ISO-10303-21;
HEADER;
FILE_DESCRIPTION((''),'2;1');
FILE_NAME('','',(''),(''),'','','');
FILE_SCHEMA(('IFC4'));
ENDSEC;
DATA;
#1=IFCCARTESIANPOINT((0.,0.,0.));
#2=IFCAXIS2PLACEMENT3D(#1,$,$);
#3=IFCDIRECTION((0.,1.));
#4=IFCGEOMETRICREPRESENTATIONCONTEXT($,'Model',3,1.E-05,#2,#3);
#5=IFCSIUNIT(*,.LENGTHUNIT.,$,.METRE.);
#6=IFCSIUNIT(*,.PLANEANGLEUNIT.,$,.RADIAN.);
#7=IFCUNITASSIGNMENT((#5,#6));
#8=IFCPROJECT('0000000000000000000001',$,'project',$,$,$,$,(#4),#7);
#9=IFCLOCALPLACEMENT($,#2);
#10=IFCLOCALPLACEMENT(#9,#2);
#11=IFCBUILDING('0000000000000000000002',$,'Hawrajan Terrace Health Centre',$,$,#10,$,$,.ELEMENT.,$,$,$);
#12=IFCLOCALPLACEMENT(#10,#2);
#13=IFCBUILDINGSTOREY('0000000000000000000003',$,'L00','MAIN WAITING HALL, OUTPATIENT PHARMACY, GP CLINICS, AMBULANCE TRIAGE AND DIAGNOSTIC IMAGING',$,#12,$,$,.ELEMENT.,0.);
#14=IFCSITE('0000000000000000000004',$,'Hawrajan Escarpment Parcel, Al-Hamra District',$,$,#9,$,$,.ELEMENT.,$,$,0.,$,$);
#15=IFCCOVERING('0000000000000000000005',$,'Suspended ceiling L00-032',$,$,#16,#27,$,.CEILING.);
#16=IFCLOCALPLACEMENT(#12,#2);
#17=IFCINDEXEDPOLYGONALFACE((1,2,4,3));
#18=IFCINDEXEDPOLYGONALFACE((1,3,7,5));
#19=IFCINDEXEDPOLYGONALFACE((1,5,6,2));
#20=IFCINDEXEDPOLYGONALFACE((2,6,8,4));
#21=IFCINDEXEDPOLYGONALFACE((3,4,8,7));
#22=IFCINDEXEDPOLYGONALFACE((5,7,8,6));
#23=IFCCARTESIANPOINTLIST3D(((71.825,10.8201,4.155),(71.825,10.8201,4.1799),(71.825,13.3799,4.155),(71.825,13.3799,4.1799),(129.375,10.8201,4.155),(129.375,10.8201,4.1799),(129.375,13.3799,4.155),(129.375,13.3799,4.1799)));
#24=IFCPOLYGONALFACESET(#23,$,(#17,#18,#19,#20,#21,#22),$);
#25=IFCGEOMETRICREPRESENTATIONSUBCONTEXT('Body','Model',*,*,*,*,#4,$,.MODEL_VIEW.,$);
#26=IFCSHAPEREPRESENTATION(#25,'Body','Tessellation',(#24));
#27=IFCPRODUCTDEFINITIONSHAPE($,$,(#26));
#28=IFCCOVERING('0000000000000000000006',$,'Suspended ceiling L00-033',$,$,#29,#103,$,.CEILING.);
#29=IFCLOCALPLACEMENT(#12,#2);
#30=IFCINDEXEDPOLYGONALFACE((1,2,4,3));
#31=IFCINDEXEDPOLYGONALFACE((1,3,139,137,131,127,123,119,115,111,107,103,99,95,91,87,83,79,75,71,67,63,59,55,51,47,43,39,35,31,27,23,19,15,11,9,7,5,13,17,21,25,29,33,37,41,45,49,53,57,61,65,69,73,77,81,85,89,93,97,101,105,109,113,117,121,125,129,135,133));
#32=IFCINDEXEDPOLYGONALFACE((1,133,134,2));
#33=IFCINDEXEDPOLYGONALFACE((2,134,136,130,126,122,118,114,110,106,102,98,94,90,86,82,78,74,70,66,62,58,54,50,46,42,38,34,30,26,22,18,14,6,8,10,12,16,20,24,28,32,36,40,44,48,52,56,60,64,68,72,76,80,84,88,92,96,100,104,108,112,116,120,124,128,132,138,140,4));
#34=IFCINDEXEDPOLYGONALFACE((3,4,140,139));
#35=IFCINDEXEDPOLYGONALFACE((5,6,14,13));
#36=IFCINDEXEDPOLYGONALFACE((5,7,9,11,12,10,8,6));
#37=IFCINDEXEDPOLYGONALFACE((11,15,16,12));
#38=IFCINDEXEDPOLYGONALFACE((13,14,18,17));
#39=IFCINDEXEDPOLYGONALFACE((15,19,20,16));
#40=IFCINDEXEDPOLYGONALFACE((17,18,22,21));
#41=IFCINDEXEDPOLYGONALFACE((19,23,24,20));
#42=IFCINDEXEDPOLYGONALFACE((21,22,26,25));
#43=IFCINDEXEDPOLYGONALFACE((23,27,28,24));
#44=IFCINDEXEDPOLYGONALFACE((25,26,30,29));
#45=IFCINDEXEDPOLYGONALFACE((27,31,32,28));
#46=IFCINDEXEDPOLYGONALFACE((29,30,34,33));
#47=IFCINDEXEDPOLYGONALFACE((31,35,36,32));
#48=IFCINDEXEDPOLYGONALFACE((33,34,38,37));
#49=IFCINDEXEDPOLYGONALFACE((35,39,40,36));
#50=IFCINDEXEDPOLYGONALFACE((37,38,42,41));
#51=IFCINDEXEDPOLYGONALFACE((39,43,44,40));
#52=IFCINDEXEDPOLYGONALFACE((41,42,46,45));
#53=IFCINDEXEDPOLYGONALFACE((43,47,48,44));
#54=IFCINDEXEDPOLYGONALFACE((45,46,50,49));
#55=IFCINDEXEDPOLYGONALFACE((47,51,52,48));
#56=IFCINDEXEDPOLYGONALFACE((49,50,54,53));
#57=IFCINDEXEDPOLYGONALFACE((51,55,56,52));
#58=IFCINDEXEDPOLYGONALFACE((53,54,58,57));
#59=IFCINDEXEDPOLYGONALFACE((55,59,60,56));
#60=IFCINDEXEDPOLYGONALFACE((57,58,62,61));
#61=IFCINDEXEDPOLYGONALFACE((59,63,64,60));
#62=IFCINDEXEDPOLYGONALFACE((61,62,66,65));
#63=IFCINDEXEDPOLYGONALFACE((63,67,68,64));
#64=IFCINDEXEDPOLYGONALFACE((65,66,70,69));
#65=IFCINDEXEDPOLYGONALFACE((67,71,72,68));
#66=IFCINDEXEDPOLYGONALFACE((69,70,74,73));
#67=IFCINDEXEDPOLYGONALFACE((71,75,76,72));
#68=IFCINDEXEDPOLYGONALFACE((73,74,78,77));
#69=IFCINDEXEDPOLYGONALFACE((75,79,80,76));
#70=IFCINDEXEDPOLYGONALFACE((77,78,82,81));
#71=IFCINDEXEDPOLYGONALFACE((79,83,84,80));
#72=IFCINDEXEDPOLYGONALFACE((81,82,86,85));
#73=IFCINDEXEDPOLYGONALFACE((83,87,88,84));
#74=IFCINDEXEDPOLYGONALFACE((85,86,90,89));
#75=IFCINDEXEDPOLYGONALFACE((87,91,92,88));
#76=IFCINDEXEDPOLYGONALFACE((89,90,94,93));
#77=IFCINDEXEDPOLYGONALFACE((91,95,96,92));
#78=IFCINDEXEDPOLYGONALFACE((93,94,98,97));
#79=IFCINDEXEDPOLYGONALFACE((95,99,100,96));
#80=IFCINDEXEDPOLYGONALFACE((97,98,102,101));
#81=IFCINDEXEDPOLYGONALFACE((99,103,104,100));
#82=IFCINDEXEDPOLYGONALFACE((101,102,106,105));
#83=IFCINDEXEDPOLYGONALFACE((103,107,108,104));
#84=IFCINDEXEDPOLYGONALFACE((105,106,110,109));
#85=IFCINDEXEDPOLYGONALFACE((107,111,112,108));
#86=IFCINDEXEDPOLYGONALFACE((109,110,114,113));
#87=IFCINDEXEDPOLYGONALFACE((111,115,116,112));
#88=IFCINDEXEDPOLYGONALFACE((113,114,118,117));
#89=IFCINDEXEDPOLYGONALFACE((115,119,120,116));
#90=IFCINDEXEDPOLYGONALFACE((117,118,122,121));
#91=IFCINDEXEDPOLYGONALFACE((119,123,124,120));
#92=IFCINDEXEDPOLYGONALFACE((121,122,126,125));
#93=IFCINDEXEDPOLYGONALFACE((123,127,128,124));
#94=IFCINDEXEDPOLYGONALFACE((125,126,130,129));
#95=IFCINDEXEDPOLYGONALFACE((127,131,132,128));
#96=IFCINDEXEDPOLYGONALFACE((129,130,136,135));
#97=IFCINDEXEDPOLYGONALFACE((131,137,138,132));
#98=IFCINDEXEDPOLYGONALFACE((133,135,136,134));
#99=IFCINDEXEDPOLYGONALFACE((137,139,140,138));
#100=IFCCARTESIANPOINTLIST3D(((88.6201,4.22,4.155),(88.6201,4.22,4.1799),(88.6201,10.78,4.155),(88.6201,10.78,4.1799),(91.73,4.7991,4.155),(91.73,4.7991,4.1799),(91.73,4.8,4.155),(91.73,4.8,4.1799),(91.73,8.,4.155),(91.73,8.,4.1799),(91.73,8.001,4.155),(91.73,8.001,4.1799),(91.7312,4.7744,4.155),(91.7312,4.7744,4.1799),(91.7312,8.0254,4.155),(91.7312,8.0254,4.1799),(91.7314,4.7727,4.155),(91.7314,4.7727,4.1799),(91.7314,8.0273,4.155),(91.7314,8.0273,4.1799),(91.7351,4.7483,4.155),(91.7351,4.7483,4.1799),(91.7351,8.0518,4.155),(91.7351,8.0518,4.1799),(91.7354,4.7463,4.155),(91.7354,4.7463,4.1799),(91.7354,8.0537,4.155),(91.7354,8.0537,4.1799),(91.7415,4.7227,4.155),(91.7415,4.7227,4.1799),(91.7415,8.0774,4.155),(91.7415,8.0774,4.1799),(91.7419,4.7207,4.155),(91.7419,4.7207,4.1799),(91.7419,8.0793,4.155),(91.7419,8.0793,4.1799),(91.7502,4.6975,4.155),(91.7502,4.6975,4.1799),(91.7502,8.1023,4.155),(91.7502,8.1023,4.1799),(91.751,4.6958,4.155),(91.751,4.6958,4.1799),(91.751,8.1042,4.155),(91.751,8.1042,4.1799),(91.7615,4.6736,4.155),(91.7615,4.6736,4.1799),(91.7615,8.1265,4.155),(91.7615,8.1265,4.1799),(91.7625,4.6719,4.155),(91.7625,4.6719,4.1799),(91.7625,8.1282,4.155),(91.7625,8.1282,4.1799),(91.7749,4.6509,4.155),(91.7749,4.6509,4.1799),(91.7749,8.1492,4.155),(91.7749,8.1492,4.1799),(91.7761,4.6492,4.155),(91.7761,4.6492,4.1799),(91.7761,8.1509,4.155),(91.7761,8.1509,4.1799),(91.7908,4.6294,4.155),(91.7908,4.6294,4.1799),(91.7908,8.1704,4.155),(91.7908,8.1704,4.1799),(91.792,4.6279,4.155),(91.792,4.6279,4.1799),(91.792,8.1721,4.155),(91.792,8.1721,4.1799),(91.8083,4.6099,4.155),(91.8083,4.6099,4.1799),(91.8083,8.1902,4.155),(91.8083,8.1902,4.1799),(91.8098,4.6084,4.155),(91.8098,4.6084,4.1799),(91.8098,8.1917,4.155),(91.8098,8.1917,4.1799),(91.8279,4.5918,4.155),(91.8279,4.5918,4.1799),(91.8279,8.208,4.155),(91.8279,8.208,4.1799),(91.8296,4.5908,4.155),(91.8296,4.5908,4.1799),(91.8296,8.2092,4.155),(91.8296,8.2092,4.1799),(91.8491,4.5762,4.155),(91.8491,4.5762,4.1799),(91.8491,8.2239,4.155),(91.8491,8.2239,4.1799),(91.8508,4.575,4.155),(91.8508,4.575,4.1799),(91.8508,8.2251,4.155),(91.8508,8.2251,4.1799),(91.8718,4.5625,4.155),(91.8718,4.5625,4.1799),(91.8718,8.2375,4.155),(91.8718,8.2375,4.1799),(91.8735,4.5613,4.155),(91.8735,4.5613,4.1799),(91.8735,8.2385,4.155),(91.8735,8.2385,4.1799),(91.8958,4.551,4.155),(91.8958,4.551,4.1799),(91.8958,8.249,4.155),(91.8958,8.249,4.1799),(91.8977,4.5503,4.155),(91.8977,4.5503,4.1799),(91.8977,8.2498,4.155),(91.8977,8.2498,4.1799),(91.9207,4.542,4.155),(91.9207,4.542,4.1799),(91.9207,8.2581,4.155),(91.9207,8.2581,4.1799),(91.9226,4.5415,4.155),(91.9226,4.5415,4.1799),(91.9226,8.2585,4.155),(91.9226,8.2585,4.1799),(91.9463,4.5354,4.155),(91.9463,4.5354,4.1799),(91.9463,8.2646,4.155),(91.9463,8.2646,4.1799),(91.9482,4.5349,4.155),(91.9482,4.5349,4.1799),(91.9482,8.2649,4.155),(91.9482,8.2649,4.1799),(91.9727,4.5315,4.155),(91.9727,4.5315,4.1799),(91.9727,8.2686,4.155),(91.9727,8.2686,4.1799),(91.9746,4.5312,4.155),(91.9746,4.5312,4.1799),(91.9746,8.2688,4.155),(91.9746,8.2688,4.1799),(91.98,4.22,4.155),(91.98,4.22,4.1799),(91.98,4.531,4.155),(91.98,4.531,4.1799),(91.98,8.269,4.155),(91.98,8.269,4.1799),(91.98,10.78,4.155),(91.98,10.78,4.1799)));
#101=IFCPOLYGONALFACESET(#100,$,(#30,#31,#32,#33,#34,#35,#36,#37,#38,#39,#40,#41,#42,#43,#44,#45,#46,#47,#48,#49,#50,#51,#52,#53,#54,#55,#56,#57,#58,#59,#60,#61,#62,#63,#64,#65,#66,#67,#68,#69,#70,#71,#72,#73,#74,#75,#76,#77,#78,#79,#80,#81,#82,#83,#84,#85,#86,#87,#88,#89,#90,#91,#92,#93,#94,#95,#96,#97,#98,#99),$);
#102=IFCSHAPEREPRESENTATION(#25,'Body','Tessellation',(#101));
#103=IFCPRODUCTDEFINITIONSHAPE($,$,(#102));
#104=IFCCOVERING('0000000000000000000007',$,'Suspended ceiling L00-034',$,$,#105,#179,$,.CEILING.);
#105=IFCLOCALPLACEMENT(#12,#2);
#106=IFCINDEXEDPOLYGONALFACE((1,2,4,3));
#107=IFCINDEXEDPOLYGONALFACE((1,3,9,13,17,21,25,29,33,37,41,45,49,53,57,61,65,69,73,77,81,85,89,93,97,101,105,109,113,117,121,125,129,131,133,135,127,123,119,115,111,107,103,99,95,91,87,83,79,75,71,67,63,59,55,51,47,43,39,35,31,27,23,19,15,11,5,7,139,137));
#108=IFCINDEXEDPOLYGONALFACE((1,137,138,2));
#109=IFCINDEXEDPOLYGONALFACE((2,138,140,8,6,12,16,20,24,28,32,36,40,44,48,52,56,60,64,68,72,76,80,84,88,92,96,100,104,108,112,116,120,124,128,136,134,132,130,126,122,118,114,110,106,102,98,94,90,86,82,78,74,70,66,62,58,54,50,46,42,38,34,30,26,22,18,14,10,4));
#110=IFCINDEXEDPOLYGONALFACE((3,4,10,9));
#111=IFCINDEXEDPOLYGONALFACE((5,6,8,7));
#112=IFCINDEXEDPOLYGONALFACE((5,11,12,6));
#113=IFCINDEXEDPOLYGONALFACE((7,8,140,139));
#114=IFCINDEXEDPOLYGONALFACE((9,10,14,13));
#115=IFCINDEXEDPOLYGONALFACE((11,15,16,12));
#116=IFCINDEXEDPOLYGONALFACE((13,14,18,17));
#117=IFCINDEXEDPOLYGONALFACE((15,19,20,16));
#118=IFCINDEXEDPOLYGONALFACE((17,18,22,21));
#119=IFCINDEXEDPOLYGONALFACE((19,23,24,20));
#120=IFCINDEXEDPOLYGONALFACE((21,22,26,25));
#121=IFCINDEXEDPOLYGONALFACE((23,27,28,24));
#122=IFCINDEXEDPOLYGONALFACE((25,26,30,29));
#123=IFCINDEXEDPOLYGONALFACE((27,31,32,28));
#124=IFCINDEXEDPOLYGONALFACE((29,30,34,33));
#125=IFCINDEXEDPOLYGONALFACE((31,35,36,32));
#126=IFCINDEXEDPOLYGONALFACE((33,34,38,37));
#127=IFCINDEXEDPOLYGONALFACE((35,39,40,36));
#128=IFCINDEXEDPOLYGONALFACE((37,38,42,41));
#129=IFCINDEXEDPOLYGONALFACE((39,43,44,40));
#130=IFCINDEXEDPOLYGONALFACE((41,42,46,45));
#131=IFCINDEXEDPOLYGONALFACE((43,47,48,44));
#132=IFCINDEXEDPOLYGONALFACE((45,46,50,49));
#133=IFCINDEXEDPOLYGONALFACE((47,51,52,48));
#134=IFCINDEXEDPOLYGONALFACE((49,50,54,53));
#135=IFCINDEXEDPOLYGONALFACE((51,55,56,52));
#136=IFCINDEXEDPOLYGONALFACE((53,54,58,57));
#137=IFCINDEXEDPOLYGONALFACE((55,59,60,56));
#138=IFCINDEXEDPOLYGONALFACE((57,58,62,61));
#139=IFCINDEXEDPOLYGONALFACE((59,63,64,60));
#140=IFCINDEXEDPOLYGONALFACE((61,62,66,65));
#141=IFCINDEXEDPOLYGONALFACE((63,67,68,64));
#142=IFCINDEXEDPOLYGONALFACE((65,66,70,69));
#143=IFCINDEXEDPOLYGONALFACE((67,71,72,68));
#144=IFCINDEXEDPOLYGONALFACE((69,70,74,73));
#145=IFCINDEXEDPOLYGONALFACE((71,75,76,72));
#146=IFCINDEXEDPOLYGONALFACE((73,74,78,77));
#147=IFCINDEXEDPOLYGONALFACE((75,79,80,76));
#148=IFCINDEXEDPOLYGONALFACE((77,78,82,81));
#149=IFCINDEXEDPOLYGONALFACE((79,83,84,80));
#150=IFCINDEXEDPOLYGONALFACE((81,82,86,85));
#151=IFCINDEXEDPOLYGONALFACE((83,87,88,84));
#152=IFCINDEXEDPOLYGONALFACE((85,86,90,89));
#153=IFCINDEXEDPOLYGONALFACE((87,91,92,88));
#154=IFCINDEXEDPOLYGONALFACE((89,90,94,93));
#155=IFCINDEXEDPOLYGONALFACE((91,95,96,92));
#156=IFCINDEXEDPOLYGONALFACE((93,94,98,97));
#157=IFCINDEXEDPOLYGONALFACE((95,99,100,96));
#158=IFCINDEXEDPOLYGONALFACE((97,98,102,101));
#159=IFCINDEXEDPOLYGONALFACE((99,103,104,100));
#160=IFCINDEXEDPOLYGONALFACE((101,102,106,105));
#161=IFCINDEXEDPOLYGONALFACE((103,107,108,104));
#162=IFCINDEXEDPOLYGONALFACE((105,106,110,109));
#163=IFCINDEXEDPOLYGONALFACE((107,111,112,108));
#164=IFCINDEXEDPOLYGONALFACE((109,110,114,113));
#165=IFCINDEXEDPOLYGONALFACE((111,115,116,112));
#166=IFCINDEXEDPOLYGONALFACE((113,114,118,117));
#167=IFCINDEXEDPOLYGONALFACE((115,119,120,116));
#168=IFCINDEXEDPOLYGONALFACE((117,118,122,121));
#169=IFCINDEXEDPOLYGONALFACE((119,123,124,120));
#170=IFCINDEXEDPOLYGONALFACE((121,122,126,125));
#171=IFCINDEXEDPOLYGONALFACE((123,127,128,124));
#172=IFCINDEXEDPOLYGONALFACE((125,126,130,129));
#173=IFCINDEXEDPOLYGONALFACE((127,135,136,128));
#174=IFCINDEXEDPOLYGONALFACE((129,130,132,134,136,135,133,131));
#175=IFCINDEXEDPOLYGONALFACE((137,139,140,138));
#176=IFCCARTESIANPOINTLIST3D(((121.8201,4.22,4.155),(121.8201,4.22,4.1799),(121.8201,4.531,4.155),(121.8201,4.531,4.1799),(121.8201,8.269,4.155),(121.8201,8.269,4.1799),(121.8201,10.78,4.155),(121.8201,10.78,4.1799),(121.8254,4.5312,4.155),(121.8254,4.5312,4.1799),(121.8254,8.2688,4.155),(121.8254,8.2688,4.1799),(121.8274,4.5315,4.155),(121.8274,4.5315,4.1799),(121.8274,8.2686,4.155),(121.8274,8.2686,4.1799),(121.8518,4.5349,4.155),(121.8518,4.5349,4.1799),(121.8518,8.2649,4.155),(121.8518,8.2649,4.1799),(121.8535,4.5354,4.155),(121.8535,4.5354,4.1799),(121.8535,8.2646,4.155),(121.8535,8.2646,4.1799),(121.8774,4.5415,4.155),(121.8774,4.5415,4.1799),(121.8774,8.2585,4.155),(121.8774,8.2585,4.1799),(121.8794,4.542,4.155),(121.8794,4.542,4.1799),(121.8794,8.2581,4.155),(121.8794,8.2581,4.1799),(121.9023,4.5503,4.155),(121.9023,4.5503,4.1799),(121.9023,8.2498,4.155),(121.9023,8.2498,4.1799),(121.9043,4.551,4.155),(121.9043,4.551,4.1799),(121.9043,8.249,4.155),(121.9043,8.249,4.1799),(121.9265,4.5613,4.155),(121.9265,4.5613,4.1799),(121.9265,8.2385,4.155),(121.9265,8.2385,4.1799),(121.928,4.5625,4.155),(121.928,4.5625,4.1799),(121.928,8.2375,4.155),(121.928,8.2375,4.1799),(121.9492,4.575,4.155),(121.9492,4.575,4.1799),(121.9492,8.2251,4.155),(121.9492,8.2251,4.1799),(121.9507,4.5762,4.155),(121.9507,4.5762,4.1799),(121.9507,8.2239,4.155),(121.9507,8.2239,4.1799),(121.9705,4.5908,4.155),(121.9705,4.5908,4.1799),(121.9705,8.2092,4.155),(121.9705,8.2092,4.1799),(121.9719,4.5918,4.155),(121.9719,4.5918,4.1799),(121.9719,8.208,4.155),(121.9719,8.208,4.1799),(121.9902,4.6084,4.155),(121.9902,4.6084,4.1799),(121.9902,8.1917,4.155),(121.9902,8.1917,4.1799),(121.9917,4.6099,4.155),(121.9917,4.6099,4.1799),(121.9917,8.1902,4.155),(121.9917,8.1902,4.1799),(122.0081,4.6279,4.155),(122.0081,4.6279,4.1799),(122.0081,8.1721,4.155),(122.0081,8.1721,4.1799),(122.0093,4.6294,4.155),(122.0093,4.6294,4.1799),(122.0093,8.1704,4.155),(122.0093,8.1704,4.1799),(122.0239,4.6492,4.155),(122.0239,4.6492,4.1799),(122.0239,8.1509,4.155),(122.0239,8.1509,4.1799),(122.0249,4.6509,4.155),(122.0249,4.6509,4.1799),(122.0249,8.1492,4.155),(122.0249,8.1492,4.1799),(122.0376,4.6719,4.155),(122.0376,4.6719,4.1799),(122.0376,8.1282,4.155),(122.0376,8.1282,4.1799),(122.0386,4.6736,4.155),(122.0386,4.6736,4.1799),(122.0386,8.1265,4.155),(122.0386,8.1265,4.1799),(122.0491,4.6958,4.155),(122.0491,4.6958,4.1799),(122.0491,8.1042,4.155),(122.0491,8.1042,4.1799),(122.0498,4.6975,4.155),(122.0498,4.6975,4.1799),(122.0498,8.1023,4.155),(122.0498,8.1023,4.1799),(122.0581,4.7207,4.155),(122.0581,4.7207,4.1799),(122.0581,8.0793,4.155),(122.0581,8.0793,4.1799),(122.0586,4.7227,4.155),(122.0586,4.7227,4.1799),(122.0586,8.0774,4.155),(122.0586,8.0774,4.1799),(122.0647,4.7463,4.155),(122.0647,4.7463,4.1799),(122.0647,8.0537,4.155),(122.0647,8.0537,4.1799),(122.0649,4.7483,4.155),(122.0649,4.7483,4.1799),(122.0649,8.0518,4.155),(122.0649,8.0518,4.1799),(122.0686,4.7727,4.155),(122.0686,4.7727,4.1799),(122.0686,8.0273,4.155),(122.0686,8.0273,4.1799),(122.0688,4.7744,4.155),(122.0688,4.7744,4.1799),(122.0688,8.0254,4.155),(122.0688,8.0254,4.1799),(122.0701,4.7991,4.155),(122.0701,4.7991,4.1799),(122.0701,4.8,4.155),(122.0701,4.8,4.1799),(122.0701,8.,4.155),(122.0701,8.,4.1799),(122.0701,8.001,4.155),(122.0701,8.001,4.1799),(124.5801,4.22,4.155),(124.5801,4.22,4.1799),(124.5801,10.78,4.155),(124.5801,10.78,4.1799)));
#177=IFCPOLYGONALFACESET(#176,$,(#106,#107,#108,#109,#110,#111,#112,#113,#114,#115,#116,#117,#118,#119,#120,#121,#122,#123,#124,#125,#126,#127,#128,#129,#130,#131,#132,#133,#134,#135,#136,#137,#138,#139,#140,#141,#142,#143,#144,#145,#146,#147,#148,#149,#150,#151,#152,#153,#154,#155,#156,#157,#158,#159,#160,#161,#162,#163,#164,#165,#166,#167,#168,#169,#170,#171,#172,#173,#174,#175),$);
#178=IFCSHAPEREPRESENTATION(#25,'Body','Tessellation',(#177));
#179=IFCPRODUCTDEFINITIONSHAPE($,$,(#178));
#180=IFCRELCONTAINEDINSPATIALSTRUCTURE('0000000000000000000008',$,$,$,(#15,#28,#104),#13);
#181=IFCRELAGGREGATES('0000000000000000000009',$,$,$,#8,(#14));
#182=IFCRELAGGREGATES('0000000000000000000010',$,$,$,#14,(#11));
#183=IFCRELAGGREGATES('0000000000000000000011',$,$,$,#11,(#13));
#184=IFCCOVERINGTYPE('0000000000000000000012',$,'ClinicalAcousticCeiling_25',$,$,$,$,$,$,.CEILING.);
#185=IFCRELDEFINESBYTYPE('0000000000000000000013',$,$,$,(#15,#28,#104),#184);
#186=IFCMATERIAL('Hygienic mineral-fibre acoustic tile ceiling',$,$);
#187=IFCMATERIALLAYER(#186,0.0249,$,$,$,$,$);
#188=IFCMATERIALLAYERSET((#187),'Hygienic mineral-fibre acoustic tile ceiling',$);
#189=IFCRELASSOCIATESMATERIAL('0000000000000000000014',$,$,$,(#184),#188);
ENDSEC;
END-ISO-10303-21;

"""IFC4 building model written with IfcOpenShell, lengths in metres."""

from ifc_helpers import new_model, si_unit, direction, frame, origin, place, context, subcontext, project, spatial, polyline, outline, extrude, material, layer, layer_set, type_object, element, save


model = new_model("IFC4")

# Units and contexts
model_context = context("Model", 3, precision=1e-05, world=origin(), true_north=direction((0.0, 1.0)))
body_context = subcontext(model_context, "Body", "Model", "MODEL_VIEW")
ifc_project = project(units=[si_unit("LENGTHUNIT", "METRE"), si_unit("PLANEANGLEUNIT", "RADIAN")], contexts=[model_context])

# Site, building, storey
site_placement = place(None, origin())
site = spatial("IfcSite", under=ifc_project, at=site_placement, Name="Hawrajan Escarpment Parcel, Al-Hamra District", CompositionType="ELEMENT", RefElevation=0.0)
building_placement = place(site_placement, origin())
building = spatial("IfcBuilding", under=site, at=building_placement, Name="Hawrajan Terrace Health Centre", CompositionType="ELEMENT")
storey_placement = place(building_placement, origin())
storey = spatial("IfcBuildingStorey", under=building, at=storey_placement, Name="L00", Description="MAIN WAITING HALL, OUTPATIENT PHARMACY, GP CLINICS, AMBULANCE TRIAGE AND DIAGNOSTIC IMAGING", CompositionType="ELEMENT", Elevation=0.0)

# Coverings
ifc_material = material(Name="Hygienic mineral-fibre acoustic tile ceiling")
ifc_layer = layer(ifc_material, 0.0249)
ifc_layer_set = layer_set([ifc_layer], Name="Hygienic mineral-fibre acoustic tile ceiling")
covering_type = type_object("IfcCoveringType", Name="ClinicalAcousticCeiling_25", PredefinedType="CEILING", material=ifc_layer_set)
covering_1_placement = place(storey_placement, frame((0.0, 0.0, 4.155)))
element("IfcCovering", 1, at=covering_1_placement, inside=storey, type_object=covering_type, Name="Suspended ceiling L00-032", PredefinedType="CEILING", context=body_context, shape_type="SweptSolid", body=[
    extrude(outline(polyline([(71.825, 13.3799), (129.375, 13.3799), (129.375, 10.8201), (71.825, 10.8201), (71.825, 13.3799)])), origin(), (0.0, 0.0, 1.0), 0.0249),
])
covering_2_placement = place(storey_placement, frame((0.0, 0.0, 4.155)))
element("IfcCovering", 2, at=covering_2_placement, inside=storey, type_object=covering_type, Name="Suspended ceiling L00-033", PredefinedType="CEILING", context=body_context, shape_type="SweptSolid", body=[
    extrude(outline(polyline([(91.98, 4.22), (88.6201, 4.22), (88.6201, 10.78), (91.98, 10.78), (91.98, 8.269), (91.9746, 8.2688), (91.9727, 8.2686), (91.9482, 8.2649), (91.9463, 8.2646), (91.9226, 8.2585), (91.9207, 8.2581), (91.8977, 8.2498), (91.8958, 8.249), (91.8735, 8.2385), (91.8718, 8.2375), (91.8508, 8.2251), (91.8491, 8.2239), (91.8296, 8.2092), (91.8279, 8.208), (91.8098, 8.1917), (91.8083, 8.1902), (91.792, 8.1721), (91.7908, 8.1704), (91.7761, 8.1509), (91.7749, 8.1492), (91.7625, 8.1282), (91.7615, 8.1265), (91.751, 8.1042), (91.7502, 8.1023), (91.7419, 8.0793), (91.7415, 8.0774), (91.7354, 8.0537), (91.7351, 8.0518), (91.7314, 8.0273), (91.7312, 8.0254), (91.73, 8.001), (91.73, 8.0), (91.73, 4.8), (91.73, 4.7991), (91.7312, 4.7744), (91.7314, 4.7727), (91.7351, 4.7483), (91.7354, 4.7463), (91.7415, 4.7227), (91.7419, 4.7207), (91.7502, 4.6975), (91.751, 4.6958), (91.7615, 4.6736), (91.7625, 4.6719), (91.7749, 4.6509), (91.7761, 4.6492), (91.7908, 4.6294), (91.792, 4.6279), (91.8083, 4.6099), (91.8098, 4.6084), (91.8279, 4.5918), (91.8296, 4.5908), (91.8491, 4.5762), (91.8508, 4.575), (91.8718, 4.5625), (91.8735, 4.5613), (91.8958, 4.551), (91.8977, 4.5503), (91.9207, 4.542), (91.9226, 4.5415), (91.9463, 4.5354), (91.9482, 4.5349), (91.9727, 4.5315), (91.9746, 4.5312), (91.98, 4.531), (91.98, 4.22)])), origin(), (0.0, 0.0, 1.0), 0.0249),
])
covering_3_placement = place(storey_placement, frame((0.0, 0.0, 4.155)))
element("IfcCovering", 3, at=covering_3_placement, inside=storey, type_object=covering_type, Name="Suspended ceiling L00-034", PredefinedType="CEILING", context=body_context, shape_type="SweptSolid", body=[
    extrude(outline(polyline([(121.8201, 10.78), (124.5801, 10.78), (124.5801, 4.22), (121.8201, 4.22), (121.8201, 4.531), (121.8254, 4.5312), (121.8274, 4.5315), (121.8518, 4.5349), (121.8535, 4.5354), (121.8774, 4.5415), (121.8794, 4.542), (121.9023, 4.5503), (121.9043, 4.551), (121.9265, 4.5613), (121.928, 4.5625), (121.9492, 4.575), (121.9507, 4.5762), (121.9705, 4.5908), (121.9719, 4.5918), (121.9902, 4.6084), (121.9917, 4.6099), (122.0081, 4.6279), (122.0093, 4.6294), (122.0239, 4.6492), (122.0249, 4.6509), (122.0376, 4.6719), (122.0386, 4.6736), (122.0491, 4.6958), (122.0498, 4.6975), (122.0581, 4.7207), (122.0586, 4.7227), (122.0647, 4.7463), (122.0649, 4.7483), (122.0686, 4.7727), (122.0688, 4.7744), (122.0701, 4.7991), (122.0701, 4.8), (122.0701, 8.0), (122.0701, 8.001), (122.0688, 8.0254), (122.0686, 8.0273), (122.0649, 8.0518), (122.0647, 8.0537), (122.0586, 8.0774), (122.0581, 8.0793), (122.0498, 8.1023), (122.0491, 8.1042), (122.0386, 8.1265), (122.0376, 8.1282), (122.0249, 8.1492), (122.0239, 8.1509), (122.0093, 8.1704), (122.0081, 8.1721), (121.9917, 8.1902), (121.9902, 8.1917), (121.9719, 8.208), (121.9705, 8.2092), (121.9507, 8.2239), (121.9492, 8.2251), (121.928, 8.2375), (121.9265, 8.2385), (121.9043, 8.249), (121.9023, 8.2498), (121.8794, 8.2581), (121.8774, 8.2585), (121.8535, 8.2646), (121.8518, 8.2649), (121.8274, 8.2686), (121.8254, 8.2688), (121.8201, 8.269), (121.8201, 10.78)])), origin(), (0.0, 0.0, 1.0), 0.0249),
])

save(model, "model.ifc")
